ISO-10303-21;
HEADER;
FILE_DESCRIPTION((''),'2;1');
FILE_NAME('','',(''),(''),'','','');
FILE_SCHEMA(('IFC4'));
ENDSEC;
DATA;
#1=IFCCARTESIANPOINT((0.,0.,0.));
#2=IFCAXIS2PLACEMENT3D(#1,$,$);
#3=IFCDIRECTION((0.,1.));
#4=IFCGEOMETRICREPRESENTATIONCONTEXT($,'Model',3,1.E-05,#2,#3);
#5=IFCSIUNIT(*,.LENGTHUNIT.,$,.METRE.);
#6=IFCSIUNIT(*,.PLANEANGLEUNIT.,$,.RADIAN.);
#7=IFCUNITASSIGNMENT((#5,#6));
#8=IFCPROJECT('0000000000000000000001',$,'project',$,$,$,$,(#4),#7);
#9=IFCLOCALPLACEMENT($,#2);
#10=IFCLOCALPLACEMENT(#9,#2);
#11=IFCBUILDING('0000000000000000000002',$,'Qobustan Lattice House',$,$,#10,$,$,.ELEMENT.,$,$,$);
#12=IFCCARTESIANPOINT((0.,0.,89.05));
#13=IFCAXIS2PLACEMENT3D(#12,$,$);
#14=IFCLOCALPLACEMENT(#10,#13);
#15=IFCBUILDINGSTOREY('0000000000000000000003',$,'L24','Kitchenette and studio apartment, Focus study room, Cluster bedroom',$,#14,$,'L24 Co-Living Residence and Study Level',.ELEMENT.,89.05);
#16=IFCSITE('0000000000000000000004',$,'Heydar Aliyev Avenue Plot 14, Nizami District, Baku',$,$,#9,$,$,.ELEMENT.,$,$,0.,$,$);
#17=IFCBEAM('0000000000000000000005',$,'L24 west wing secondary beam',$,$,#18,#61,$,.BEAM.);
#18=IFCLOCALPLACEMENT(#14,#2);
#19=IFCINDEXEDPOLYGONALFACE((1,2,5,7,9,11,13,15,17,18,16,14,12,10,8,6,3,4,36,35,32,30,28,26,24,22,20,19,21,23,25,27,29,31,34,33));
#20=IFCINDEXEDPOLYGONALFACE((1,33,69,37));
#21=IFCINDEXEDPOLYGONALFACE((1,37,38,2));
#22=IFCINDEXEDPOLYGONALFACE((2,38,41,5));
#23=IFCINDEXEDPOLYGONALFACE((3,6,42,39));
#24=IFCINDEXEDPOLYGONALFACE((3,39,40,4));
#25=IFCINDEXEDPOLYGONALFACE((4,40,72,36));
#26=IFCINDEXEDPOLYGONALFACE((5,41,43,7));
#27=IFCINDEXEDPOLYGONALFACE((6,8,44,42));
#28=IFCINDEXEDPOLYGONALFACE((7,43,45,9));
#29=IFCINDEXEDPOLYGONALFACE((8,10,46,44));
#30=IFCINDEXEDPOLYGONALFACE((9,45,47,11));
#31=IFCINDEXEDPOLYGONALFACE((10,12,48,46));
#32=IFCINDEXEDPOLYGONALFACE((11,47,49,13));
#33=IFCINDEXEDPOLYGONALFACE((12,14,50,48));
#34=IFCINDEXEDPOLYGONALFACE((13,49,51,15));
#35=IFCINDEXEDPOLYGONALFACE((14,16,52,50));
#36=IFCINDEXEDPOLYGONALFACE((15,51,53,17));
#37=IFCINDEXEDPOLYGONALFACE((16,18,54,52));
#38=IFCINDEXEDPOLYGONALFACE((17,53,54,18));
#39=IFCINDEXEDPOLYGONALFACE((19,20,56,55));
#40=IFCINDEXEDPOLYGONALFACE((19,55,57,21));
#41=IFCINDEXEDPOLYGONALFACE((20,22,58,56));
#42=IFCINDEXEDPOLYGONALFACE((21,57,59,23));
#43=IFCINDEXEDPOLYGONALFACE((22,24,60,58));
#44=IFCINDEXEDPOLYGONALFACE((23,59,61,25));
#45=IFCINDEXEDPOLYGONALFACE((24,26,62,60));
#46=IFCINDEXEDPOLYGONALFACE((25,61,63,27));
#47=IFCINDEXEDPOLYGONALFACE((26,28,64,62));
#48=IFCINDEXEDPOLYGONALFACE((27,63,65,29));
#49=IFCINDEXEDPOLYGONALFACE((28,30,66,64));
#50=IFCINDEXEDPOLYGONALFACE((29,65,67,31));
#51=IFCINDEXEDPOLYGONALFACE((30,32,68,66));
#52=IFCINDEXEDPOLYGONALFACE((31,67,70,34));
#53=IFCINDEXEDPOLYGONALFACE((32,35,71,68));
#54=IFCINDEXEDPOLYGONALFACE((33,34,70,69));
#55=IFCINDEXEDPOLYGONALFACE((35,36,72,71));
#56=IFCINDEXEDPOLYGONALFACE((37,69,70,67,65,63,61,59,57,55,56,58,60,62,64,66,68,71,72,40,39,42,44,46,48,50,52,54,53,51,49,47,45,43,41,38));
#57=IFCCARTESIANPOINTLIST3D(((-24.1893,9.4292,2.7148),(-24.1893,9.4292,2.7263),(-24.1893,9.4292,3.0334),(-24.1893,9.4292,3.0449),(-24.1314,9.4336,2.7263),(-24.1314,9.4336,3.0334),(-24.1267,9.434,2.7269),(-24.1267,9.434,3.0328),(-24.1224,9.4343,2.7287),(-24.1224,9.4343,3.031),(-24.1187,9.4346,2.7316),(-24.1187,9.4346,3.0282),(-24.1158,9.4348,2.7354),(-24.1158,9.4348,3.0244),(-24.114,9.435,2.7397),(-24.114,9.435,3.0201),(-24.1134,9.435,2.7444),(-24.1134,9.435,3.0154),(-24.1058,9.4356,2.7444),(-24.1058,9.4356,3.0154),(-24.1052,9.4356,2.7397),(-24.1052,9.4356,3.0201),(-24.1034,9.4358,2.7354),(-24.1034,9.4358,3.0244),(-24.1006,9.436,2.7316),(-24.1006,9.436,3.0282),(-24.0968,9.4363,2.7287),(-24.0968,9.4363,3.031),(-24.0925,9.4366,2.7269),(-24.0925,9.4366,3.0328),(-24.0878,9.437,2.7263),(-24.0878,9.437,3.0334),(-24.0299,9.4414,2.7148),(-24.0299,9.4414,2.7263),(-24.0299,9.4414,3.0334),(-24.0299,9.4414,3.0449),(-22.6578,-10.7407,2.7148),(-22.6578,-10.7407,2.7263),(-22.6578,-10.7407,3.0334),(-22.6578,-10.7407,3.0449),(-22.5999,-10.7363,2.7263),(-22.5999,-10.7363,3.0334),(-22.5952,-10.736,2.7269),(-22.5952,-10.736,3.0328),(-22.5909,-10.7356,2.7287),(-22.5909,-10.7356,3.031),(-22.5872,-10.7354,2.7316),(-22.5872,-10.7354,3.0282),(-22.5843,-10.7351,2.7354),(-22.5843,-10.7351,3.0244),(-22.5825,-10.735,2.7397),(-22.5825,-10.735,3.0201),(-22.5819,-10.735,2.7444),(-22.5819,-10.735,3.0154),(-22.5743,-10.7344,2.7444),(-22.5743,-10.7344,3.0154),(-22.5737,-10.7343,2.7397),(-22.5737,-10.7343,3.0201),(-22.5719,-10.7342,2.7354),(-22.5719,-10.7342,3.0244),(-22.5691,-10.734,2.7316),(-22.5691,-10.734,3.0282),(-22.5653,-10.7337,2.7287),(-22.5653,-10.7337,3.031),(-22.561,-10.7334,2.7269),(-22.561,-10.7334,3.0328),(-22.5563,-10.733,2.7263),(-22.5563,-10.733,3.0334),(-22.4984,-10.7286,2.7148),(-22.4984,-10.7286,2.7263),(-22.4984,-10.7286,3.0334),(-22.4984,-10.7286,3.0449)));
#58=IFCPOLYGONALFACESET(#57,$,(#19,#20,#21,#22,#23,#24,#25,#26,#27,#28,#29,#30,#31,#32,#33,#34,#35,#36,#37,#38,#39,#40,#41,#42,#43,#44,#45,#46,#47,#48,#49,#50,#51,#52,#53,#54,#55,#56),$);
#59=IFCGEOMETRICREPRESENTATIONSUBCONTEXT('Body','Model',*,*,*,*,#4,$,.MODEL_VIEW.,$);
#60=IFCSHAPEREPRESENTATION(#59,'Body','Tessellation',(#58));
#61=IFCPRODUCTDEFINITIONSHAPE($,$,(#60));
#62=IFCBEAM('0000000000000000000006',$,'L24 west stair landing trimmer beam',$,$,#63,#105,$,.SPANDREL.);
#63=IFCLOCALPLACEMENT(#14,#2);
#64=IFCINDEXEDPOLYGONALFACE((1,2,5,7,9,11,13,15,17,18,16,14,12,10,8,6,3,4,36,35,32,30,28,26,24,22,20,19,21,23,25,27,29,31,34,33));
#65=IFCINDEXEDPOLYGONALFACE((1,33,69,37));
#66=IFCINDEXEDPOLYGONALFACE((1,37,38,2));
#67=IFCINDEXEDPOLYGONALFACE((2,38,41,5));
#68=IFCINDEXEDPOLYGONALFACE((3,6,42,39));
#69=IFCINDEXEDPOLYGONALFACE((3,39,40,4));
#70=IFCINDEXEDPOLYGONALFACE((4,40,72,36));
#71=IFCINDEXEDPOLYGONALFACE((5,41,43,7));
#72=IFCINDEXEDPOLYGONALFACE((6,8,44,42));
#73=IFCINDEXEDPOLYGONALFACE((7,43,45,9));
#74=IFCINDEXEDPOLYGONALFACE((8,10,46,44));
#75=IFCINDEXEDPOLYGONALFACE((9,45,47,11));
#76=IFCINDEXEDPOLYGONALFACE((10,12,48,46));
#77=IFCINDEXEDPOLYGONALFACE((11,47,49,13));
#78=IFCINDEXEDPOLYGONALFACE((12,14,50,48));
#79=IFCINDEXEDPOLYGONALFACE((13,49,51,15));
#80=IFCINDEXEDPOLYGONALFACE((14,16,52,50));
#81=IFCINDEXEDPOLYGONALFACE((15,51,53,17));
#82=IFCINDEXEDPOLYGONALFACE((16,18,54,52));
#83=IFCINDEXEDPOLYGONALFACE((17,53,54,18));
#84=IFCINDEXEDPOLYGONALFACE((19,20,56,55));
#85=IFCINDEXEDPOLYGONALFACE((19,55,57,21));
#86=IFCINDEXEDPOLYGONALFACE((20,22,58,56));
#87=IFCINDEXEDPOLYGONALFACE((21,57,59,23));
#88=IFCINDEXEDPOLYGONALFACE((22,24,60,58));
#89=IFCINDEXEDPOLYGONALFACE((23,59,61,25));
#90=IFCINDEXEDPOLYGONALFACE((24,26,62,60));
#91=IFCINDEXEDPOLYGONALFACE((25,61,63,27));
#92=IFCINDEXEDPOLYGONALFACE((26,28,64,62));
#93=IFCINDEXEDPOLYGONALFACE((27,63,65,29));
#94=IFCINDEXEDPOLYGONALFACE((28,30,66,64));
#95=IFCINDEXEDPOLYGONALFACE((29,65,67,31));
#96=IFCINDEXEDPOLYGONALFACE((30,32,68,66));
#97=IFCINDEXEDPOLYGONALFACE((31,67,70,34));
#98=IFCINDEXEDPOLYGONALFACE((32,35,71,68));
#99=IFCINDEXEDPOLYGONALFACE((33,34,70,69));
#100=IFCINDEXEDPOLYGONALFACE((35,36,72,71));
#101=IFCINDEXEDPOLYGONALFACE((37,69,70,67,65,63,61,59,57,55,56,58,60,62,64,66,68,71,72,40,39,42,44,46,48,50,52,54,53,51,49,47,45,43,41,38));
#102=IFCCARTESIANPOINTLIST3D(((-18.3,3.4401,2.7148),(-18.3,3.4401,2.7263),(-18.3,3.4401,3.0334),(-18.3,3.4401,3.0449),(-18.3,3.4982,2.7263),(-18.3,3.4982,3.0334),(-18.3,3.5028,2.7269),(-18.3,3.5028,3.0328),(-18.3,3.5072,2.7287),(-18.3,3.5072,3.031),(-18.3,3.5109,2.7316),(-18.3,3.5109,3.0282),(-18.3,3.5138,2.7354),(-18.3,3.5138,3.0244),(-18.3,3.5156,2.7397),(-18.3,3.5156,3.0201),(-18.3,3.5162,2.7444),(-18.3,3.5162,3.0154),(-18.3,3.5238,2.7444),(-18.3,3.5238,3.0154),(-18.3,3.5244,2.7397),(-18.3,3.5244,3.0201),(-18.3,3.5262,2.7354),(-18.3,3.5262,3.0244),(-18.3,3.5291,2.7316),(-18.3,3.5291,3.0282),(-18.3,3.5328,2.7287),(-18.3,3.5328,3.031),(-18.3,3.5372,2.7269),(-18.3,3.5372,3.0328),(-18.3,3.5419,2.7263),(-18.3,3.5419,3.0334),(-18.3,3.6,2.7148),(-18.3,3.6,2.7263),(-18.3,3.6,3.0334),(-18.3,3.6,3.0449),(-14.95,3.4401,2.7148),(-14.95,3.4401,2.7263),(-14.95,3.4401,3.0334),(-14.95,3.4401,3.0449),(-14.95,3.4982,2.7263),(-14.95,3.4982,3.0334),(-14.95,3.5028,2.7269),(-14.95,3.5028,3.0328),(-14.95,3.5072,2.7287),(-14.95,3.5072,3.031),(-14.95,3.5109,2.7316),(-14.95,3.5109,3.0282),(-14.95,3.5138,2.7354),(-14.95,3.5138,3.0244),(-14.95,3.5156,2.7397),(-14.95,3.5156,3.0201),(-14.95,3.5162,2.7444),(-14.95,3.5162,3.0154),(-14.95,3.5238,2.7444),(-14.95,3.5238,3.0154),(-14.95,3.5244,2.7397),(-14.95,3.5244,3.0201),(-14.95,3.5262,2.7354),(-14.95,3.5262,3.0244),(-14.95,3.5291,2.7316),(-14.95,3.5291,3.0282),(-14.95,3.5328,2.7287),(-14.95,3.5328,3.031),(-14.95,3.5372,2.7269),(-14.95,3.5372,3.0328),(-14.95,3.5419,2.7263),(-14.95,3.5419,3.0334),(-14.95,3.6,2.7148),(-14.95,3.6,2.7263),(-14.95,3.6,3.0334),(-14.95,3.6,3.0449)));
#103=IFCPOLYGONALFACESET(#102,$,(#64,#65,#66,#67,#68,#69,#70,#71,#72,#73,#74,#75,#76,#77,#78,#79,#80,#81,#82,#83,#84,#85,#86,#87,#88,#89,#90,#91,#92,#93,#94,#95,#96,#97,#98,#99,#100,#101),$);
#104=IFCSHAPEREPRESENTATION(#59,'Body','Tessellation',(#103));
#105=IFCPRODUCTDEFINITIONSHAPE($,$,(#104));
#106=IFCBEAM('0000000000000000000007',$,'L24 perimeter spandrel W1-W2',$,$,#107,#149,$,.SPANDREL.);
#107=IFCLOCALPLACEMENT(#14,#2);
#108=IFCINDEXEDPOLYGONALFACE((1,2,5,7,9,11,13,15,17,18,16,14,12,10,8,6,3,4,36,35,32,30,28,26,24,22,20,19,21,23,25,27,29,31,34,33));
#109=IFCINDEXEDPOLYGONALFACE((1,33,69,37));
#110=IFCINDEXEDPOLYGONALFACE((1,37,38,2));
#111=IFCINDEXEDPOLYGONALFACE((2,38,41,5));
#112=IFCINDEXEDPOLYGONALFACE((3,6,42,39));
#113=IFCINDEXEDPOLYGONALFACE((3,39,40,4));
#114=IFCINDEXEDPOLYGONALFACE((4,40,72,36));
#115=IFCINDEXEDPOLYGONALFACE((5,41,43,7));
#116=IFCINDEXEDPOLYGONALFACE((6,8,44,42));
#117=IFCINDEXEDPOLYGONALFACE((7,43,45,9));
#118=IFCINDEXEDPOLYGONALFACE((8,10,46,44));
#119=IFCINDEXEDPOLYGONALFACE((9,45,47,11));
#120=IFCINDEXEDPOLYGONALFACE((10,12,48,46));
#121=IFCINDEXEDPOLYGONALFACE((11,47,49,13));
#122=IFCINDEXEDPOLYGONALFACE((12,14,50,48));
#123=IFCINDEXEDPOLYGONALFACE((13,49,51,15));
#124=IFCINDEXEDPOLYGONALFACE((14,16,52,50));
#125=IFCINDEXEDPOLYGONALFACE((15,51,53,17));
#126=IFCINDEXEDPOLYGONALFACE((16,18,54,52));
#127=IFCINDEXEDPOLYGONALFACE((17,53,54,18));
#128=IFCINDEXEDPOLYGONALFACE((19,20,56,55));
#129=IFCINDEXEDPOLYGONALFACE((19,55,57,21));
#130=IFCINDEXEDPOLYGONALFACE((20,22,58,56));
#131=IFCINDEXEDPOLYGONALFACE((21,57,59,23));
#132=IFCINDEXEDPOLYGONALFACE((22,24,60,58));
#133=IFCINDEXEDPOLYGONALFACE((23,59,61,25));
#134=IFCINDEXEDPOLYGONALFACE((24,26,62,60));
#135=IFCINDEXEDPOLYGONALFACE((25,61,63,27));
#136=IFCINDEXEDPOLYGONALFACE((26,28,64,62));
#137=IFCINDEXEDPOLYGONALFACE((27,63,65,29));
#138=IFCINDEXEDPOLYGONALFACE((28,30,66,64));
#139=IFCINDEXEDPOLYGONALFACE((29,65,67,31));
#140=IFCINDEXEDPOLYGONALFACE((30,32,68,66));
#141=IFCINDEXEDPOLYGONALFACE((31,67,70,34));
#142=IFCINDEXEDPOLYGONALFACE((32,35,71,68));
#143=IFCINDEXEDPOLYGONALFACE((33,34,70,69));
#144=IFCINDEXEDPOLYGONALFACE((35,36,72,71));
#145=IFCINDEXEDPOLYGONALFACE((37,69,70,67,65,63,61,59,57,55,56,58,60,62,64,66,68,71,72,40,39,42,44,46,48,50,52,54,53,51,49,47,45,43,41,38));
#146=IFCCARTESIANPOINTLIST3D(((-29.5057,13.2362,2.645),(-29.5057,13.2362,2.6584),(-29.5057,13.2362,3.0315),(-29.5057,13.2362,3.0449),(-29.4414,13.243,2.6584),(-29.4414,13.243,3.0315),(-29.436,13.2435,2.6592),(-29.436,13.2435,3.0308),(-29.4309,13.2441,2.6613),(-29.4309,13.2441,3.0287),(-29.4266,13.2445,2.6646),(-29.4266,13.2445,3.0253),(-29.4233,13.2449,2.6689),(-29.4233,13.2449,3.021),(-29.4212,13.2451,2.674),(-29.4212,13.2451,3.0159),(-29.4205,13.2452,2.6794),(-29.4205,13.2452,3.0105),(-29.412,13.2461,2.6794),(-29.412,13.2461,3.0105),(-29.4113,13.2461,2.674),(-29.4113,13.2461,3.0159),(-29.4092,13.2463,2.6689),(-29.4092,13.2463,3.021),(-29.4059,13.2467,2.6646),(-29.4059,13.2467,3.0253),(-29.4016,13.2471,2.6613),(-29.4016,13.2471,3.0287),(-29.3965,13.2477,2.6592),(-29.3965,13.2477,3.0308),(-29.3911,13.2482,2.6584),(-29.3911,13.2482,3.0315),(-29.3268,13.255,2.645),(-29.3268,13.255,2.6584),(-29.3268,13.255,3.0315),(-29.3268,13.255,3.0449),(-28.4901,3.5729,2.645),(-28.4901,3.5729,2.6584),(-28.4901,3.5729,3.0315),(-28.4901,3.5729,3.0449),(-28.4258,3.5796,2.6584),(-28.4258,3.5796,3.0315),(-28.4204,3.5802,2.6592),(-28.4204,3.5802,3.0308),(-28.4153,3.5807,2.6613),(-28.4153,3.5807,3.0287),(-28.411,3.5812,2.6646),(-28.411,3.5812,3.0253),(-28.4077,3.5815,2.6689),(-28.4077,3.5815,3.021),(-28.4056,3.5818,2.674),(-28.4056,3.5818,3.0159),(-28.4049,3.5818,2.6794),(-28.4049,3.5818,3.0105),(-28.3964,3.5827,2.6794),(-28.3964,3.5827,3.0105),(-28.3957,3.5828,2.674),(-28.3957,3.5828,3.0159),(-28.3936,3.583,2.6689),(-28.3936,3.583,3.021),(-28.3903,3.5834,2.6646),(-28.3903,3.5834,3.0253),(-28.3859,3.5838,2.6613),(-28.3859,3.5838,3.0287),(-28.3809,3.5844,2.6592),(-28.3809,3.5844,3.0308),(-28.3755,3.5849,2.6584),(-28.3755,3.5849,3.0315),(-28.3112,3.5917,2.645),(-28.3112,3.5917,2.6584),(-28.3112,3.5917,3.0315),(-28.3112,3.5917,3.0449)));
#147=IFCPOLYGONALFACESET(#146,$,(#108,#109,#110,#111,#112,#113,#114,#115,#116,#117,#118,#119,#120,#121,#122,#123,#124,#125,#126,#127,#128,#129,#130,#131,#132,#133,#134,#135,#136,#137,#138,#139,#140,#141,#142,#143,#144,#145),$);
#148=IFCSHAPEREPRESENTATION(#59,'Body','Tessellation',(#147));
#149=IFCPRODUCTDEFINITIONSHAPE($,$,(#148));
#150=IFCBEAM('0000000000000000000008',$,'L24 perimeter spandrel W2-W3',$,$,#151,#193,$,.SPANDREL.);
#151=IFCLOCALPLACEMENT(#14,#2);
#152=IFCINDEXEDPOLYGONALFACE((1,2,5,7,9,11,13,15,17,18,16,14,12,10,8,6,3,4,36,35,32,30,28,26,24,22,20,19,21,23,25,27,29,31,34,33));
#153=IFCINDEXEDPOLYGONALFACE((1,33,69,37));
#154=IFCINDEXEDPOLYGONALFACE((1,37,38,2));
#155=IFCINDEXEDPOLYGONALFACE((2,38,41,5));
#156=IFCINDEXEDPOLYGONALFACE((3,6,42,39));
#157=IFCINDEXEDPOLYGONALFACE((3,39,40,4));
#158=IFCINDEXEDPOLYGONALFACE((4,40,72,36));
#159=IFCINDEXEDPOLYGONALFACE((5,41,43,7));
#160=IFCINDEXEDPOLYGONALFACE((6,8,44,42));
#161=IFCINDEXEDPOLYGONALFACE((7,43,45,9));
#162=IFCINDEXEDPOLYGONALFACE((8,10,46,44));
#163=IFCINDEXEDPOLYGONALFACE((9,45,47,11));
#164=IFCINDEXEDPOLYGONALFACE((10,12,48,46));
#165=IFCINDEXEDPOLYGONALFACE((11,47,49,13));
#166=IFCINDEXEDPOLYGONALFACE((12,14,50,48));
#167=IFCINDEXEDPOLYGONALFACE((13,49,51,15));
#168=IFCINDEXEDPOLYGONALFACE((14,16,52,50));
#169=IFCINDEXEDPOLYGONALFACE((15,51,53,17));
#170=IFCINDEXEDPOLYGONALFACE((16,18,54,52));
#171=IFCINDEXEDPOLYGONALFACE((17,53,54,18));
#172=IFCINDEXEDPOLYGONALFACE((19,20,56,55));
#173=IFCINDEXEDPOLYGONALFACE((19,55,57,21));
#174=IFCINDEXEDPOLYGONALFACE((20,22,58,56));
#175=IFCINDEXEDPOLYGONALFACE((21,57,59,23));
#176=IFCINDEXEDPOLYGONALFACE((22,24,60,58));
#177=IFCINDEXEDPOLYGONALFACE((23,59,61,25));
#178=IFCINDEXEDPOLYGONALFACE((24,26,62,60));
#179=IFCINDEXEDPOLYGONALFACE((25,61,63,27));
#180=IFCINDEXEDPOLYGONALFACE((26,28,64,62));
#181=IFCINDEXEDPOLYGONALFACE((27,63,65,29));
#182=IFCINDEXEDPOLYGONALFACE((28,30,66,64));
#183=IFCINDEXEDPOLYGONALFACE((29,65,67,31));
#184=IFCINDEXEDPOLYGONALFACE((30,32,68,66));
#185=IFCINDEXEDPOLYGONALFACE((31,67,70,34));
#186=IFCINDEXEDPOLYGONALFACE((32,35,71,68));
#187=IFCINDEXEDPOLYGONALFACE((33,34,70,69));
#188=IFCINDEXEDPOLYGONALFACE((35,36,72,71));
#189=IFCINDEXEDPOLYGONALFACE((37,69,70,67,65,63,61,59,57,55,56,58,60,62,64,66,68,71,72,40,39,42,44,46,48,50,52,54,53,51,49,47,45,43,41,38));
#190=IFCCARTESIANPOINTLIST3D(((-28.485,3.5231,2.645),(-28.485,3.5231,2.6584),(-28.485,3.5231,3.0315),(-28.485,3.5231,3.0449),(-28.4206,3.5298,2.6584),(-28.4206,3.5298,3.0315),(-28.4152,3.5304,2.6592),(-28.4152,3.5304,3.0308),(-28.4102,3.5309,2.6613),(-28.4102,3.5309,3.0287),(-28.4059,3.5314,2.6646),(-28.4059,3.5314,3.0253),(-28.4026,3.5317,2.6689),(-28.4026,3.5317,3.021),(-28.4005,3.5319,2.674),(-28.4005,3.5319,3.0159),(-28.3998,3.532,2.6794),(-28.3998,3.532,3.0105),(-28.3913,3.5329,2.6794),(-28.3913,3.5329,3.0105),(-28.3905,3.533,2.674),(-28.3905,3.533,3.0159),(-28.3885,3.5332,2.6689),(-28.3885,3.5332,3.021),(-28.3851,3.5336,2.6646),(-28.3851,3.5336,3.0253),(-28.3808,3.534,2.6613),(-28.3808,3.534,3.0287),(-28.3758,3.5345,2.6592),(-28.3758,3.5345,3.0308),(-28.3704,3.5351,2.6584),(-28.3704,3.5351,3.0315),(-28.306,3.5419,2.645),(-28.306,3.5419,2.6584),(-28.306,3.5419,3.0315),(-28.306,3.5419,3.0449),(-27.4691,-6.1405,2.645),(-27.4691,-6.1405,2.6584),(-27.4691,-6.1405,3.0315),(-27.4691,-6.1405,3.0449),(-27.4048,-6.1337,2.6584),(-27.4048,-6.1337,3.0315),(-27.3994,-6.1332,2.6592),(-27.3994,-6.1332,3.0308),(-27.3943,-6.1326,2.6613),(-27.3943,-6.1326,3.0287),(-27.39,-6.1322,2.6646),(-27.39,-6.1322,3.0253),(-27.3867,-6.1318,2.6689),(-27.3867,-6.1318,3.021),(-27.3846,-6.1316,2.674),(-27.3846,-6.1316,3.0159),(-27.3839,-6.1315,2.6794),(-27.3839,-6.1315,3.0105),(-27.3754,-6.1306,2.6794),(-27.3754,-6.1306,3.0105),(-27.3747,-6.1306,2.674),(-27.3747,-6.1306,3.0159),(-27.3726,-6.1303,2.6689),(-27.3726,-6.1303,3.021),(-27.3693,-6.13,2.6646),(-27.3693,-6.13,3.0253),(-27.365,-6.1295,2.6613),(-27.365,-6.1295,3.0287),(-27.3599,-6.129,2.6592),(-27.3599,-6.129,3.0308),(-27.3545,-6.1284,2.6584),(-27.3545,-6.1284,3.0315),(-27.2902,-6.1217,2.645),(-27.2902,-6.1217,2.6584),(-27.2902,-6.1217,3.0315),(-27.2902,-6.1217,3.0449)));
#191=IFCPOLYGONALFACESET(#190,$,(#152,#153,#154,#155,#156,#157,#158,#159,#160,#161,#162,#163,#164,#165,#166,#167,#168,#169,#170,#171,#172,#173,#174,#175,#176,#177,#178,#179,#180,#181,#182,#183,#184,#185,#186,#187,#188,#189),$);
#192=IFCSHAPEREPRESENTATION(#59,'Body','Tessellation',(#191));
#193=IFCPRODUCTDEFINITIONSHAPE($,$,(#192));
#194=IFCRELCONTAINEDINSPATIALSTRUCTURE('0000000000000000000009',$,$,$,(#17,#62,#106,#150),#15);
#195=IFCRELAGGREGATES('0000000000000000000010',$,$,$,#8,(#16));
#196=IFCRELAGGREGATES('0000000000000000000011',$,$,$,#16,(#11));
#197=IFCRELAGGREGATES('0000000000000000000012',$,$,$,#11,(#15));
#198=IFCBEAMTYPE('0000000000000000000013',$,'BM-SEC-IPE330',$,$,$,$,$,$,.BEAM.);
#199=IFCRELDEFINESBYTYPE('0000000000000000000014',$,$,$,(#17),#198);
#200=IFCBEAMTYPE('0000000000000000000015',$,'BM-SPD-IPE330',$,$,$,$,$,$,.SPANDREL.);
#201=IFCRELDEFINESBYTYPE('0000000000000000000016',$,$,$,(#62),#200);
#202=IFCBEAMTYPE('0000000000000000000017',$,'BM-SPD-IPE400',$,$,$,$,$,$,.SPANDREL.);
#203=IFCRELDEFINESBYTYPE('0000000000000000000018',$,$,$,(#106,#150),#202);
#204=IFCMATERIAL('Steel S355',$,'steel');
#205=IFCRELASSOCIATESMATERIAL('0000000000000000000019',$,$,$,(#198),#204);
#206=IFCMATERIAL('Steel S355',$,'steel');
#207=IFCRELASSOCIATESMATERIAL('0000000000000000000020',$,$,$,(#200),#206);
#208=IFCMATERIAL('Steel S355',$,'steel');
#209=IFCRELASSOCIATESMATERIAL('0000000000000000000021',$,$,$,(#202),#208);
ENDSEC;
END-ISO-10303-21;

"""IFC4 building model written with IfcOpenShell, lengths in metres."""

from ifc_helpers import new_model, si_unit, direction, frame, origin, origin_2d, place, context, subcontext, project, spatial, i_section, extrude, material, material_profile, profile_set, type_object, element, save


model = new_model("IFC4")

# Units and contexts
model_context = context("Model", 3, precision=1e-05, world=origin(), true_north=direction((0.0, 1.0)))
body_context = subcontext(model_context, "Body", "Model", "MODEL_VIEW")
ifc_project = project(units=[si_unit("LENGTHUNIT", "METRE"), si_unit("PLANEANGLEUNIT", "RADIAN")], contexts=[model_context])

# Site, building, storey
site_placement = place(None, origin())
site = spatial("IfcSite", under=ifc_project, at=site_placement, Name="Heydar Aliyev Avenue Plot 14, Nizami District, Baku", CompositionType="ELEMENT", RefElevation=0.0)
building_placement = place(site_placement, origin())
building = spatial("IfcBuilding", under=site, at=building_placement, Name="Qobustan Lattice House", CompositionType="ELEMENT")
storey_placement = place(building_placement, frame((0.0, 0.0, 89.05)))
storey = spatial("IfcBuildingStorey", under=building, at=storey_placement, Name="L24", Description="Kitchenette and studio apartment, Focus study room, Cluster bedroom", LongName="L24 Co-Living Residence and Study Level", CompositionType="ELEMENT", Elevation=89.05)

# Beams
ifc_material_1 = material(Name="Steel S355", Category="steel")
ifc_material_profile_1 = material_profile(ifc_material_1, i_section(OverallWidth=0.1599, OverallDepth=0.3301, WebThickness=0.0076, FlangeThickness=0.0115, FilletRadius=0.0181, at=origin_2d()), Name="IPE330")
ifc_profile_set_1 = profile_set([ifc_material_profile_1], Name="Steel S355")
beam_type_1 = type_object("IfcBeamType", Name="BM-SEC-IPE330", PredefinedType="BEAM", material=ifc_profile_set_1)
beam_1_placement = place(storey_placement, frame((-24.1096, 9.4353, 2.8799), z_axis=(0.075712, -0.99713, 0.0), x_axis=(0.99713, 0.075712, 0.0)))
element("IfcBeam", 1, at=beam_1_placement, inside=storey, type_object=beam_type_1, Name="L24 west wing secondary beam", PredefinedType="BEAM", context=body_context, shape_type="SweptSolid", body=[
    extrude(i_section(OverallWidth=0.1599, OverallDepth=0.3301, WebThickness=0.0076, FlangeThickness=0.0115, FilletRadius=0.0181, at=origin_2d()), origin(), (0.0, 0.0, 1.0), 20.228),
])
ifc_material_2 = material(Name="Steel S355", Category="steel")
ifc_material_profile_2 = material_profile(ifc_material_2, i_section(OverallWidth=0.1599, OverallDepth=0.3301, WebThickness=0.0076, FlangeThickness=0.0115, FilletRadius=0.0181, at=origin_2d()), Name="IPE330")
ifc_profile_set_2 = profile_set([ifc_material_profile_2], Name="Steel S355")
beam_type_2 = type_object("IfcBeamType", Name="BM-SPD-IPE330", PredefinedType="SPANDREL", material=ifc_profile_set_2)
beam_2_placement = place(storey_placement, frame((-18.3, 3.52, 2.8799), z_axis=(1.0, 0.0, 0.0), x_axis=(0.0, 1.0, 0.0)))
element("IfcBeam", 2, at=beam_2_placement, inside=storey, type_object=beam_type_2, Name="L24 west stair landing trimmer beam", PredefinedType="SPANDREL", context=body_context, shape_type="SweptSolid", body=[
    extrude(i_section(OverallWidth=0.1599, OverallDepth=0.3301, WebThickness=0.0076, FlangeThickness=0.0115, FilletRadius=0.0181, at=origin_2d()), origin(), (0.0, 0.0, 1.0), 3.3501),
])
ifc_material_3 = material(Name="Steel S355", Category="steel")
ifc_material_profile_3 = material_profile(ifc_material_3, i_section(OverallWidth=0.1799, OverallDepth=0.3999, WebThickness=0.0085, FlangeThickness=0.0134, FilletRadius=0.021, at=origin_2d()), Name="IPE400")
ifc_profile_set_3 = profile_set([ifc_material_profile_3], Name="Steel S355")
beam_type_3 = type_object("IfcBeamType", Name="BM-SPD-IPE400", PredefinedType="SPANDREL", material=ifc_profile_set_3)
beam_3_placement = place(storey_placement, frame((-29.4163, 13.2456, 2.845), z_axis=(0.104525, -0.994522, 0.0), x_axis=(0.994522, 0.104525, 0.0)))
element("IfcBeam", 3, at=beam_3_placement, inside=storey, type_object=beam_type_3, Name="L24 perimeter spandrel W1-W2", PredefinedType="SPANDREL", context=body_context, shape_type="SweptSolid", body=[
    extrude(i_section(OverallWidth=0.1799, OverallDepth=0.3999, WebThickness=0.0085, FlangeThickness=0.0134, FilletRadius=0.021, at=origin_2d()), origin(), (0.0, 0.0, 1.0), 9.7166),
])
beam_4_placement = place(storey_placement, frame((-28.3955, 3.5325, 2.845), z_axis=(0.104547, -0.99452, 0.0), x_axis=(0.99452, 0.104547, 0.0)))
element("IfcBeam", 4, at=beam_4_placement, inside=storey, type_object=beam_type_3, Name="L24 perimeter spandrel W2-W3", PredefinedType="SPANDREL", context=body_context, shape_type="SweptSolid", body=[
    extrude(i_section(OverallWidth=0.1799, OverallDepth=0.3999, WebThickness=0.0085, FlangeThickness=0.0134, FilletRadius=0.021, at=origin_2d()), origin(), (0.0, 0.0, 1.0), 9.7168),
])

save(model, "model.ifc")
